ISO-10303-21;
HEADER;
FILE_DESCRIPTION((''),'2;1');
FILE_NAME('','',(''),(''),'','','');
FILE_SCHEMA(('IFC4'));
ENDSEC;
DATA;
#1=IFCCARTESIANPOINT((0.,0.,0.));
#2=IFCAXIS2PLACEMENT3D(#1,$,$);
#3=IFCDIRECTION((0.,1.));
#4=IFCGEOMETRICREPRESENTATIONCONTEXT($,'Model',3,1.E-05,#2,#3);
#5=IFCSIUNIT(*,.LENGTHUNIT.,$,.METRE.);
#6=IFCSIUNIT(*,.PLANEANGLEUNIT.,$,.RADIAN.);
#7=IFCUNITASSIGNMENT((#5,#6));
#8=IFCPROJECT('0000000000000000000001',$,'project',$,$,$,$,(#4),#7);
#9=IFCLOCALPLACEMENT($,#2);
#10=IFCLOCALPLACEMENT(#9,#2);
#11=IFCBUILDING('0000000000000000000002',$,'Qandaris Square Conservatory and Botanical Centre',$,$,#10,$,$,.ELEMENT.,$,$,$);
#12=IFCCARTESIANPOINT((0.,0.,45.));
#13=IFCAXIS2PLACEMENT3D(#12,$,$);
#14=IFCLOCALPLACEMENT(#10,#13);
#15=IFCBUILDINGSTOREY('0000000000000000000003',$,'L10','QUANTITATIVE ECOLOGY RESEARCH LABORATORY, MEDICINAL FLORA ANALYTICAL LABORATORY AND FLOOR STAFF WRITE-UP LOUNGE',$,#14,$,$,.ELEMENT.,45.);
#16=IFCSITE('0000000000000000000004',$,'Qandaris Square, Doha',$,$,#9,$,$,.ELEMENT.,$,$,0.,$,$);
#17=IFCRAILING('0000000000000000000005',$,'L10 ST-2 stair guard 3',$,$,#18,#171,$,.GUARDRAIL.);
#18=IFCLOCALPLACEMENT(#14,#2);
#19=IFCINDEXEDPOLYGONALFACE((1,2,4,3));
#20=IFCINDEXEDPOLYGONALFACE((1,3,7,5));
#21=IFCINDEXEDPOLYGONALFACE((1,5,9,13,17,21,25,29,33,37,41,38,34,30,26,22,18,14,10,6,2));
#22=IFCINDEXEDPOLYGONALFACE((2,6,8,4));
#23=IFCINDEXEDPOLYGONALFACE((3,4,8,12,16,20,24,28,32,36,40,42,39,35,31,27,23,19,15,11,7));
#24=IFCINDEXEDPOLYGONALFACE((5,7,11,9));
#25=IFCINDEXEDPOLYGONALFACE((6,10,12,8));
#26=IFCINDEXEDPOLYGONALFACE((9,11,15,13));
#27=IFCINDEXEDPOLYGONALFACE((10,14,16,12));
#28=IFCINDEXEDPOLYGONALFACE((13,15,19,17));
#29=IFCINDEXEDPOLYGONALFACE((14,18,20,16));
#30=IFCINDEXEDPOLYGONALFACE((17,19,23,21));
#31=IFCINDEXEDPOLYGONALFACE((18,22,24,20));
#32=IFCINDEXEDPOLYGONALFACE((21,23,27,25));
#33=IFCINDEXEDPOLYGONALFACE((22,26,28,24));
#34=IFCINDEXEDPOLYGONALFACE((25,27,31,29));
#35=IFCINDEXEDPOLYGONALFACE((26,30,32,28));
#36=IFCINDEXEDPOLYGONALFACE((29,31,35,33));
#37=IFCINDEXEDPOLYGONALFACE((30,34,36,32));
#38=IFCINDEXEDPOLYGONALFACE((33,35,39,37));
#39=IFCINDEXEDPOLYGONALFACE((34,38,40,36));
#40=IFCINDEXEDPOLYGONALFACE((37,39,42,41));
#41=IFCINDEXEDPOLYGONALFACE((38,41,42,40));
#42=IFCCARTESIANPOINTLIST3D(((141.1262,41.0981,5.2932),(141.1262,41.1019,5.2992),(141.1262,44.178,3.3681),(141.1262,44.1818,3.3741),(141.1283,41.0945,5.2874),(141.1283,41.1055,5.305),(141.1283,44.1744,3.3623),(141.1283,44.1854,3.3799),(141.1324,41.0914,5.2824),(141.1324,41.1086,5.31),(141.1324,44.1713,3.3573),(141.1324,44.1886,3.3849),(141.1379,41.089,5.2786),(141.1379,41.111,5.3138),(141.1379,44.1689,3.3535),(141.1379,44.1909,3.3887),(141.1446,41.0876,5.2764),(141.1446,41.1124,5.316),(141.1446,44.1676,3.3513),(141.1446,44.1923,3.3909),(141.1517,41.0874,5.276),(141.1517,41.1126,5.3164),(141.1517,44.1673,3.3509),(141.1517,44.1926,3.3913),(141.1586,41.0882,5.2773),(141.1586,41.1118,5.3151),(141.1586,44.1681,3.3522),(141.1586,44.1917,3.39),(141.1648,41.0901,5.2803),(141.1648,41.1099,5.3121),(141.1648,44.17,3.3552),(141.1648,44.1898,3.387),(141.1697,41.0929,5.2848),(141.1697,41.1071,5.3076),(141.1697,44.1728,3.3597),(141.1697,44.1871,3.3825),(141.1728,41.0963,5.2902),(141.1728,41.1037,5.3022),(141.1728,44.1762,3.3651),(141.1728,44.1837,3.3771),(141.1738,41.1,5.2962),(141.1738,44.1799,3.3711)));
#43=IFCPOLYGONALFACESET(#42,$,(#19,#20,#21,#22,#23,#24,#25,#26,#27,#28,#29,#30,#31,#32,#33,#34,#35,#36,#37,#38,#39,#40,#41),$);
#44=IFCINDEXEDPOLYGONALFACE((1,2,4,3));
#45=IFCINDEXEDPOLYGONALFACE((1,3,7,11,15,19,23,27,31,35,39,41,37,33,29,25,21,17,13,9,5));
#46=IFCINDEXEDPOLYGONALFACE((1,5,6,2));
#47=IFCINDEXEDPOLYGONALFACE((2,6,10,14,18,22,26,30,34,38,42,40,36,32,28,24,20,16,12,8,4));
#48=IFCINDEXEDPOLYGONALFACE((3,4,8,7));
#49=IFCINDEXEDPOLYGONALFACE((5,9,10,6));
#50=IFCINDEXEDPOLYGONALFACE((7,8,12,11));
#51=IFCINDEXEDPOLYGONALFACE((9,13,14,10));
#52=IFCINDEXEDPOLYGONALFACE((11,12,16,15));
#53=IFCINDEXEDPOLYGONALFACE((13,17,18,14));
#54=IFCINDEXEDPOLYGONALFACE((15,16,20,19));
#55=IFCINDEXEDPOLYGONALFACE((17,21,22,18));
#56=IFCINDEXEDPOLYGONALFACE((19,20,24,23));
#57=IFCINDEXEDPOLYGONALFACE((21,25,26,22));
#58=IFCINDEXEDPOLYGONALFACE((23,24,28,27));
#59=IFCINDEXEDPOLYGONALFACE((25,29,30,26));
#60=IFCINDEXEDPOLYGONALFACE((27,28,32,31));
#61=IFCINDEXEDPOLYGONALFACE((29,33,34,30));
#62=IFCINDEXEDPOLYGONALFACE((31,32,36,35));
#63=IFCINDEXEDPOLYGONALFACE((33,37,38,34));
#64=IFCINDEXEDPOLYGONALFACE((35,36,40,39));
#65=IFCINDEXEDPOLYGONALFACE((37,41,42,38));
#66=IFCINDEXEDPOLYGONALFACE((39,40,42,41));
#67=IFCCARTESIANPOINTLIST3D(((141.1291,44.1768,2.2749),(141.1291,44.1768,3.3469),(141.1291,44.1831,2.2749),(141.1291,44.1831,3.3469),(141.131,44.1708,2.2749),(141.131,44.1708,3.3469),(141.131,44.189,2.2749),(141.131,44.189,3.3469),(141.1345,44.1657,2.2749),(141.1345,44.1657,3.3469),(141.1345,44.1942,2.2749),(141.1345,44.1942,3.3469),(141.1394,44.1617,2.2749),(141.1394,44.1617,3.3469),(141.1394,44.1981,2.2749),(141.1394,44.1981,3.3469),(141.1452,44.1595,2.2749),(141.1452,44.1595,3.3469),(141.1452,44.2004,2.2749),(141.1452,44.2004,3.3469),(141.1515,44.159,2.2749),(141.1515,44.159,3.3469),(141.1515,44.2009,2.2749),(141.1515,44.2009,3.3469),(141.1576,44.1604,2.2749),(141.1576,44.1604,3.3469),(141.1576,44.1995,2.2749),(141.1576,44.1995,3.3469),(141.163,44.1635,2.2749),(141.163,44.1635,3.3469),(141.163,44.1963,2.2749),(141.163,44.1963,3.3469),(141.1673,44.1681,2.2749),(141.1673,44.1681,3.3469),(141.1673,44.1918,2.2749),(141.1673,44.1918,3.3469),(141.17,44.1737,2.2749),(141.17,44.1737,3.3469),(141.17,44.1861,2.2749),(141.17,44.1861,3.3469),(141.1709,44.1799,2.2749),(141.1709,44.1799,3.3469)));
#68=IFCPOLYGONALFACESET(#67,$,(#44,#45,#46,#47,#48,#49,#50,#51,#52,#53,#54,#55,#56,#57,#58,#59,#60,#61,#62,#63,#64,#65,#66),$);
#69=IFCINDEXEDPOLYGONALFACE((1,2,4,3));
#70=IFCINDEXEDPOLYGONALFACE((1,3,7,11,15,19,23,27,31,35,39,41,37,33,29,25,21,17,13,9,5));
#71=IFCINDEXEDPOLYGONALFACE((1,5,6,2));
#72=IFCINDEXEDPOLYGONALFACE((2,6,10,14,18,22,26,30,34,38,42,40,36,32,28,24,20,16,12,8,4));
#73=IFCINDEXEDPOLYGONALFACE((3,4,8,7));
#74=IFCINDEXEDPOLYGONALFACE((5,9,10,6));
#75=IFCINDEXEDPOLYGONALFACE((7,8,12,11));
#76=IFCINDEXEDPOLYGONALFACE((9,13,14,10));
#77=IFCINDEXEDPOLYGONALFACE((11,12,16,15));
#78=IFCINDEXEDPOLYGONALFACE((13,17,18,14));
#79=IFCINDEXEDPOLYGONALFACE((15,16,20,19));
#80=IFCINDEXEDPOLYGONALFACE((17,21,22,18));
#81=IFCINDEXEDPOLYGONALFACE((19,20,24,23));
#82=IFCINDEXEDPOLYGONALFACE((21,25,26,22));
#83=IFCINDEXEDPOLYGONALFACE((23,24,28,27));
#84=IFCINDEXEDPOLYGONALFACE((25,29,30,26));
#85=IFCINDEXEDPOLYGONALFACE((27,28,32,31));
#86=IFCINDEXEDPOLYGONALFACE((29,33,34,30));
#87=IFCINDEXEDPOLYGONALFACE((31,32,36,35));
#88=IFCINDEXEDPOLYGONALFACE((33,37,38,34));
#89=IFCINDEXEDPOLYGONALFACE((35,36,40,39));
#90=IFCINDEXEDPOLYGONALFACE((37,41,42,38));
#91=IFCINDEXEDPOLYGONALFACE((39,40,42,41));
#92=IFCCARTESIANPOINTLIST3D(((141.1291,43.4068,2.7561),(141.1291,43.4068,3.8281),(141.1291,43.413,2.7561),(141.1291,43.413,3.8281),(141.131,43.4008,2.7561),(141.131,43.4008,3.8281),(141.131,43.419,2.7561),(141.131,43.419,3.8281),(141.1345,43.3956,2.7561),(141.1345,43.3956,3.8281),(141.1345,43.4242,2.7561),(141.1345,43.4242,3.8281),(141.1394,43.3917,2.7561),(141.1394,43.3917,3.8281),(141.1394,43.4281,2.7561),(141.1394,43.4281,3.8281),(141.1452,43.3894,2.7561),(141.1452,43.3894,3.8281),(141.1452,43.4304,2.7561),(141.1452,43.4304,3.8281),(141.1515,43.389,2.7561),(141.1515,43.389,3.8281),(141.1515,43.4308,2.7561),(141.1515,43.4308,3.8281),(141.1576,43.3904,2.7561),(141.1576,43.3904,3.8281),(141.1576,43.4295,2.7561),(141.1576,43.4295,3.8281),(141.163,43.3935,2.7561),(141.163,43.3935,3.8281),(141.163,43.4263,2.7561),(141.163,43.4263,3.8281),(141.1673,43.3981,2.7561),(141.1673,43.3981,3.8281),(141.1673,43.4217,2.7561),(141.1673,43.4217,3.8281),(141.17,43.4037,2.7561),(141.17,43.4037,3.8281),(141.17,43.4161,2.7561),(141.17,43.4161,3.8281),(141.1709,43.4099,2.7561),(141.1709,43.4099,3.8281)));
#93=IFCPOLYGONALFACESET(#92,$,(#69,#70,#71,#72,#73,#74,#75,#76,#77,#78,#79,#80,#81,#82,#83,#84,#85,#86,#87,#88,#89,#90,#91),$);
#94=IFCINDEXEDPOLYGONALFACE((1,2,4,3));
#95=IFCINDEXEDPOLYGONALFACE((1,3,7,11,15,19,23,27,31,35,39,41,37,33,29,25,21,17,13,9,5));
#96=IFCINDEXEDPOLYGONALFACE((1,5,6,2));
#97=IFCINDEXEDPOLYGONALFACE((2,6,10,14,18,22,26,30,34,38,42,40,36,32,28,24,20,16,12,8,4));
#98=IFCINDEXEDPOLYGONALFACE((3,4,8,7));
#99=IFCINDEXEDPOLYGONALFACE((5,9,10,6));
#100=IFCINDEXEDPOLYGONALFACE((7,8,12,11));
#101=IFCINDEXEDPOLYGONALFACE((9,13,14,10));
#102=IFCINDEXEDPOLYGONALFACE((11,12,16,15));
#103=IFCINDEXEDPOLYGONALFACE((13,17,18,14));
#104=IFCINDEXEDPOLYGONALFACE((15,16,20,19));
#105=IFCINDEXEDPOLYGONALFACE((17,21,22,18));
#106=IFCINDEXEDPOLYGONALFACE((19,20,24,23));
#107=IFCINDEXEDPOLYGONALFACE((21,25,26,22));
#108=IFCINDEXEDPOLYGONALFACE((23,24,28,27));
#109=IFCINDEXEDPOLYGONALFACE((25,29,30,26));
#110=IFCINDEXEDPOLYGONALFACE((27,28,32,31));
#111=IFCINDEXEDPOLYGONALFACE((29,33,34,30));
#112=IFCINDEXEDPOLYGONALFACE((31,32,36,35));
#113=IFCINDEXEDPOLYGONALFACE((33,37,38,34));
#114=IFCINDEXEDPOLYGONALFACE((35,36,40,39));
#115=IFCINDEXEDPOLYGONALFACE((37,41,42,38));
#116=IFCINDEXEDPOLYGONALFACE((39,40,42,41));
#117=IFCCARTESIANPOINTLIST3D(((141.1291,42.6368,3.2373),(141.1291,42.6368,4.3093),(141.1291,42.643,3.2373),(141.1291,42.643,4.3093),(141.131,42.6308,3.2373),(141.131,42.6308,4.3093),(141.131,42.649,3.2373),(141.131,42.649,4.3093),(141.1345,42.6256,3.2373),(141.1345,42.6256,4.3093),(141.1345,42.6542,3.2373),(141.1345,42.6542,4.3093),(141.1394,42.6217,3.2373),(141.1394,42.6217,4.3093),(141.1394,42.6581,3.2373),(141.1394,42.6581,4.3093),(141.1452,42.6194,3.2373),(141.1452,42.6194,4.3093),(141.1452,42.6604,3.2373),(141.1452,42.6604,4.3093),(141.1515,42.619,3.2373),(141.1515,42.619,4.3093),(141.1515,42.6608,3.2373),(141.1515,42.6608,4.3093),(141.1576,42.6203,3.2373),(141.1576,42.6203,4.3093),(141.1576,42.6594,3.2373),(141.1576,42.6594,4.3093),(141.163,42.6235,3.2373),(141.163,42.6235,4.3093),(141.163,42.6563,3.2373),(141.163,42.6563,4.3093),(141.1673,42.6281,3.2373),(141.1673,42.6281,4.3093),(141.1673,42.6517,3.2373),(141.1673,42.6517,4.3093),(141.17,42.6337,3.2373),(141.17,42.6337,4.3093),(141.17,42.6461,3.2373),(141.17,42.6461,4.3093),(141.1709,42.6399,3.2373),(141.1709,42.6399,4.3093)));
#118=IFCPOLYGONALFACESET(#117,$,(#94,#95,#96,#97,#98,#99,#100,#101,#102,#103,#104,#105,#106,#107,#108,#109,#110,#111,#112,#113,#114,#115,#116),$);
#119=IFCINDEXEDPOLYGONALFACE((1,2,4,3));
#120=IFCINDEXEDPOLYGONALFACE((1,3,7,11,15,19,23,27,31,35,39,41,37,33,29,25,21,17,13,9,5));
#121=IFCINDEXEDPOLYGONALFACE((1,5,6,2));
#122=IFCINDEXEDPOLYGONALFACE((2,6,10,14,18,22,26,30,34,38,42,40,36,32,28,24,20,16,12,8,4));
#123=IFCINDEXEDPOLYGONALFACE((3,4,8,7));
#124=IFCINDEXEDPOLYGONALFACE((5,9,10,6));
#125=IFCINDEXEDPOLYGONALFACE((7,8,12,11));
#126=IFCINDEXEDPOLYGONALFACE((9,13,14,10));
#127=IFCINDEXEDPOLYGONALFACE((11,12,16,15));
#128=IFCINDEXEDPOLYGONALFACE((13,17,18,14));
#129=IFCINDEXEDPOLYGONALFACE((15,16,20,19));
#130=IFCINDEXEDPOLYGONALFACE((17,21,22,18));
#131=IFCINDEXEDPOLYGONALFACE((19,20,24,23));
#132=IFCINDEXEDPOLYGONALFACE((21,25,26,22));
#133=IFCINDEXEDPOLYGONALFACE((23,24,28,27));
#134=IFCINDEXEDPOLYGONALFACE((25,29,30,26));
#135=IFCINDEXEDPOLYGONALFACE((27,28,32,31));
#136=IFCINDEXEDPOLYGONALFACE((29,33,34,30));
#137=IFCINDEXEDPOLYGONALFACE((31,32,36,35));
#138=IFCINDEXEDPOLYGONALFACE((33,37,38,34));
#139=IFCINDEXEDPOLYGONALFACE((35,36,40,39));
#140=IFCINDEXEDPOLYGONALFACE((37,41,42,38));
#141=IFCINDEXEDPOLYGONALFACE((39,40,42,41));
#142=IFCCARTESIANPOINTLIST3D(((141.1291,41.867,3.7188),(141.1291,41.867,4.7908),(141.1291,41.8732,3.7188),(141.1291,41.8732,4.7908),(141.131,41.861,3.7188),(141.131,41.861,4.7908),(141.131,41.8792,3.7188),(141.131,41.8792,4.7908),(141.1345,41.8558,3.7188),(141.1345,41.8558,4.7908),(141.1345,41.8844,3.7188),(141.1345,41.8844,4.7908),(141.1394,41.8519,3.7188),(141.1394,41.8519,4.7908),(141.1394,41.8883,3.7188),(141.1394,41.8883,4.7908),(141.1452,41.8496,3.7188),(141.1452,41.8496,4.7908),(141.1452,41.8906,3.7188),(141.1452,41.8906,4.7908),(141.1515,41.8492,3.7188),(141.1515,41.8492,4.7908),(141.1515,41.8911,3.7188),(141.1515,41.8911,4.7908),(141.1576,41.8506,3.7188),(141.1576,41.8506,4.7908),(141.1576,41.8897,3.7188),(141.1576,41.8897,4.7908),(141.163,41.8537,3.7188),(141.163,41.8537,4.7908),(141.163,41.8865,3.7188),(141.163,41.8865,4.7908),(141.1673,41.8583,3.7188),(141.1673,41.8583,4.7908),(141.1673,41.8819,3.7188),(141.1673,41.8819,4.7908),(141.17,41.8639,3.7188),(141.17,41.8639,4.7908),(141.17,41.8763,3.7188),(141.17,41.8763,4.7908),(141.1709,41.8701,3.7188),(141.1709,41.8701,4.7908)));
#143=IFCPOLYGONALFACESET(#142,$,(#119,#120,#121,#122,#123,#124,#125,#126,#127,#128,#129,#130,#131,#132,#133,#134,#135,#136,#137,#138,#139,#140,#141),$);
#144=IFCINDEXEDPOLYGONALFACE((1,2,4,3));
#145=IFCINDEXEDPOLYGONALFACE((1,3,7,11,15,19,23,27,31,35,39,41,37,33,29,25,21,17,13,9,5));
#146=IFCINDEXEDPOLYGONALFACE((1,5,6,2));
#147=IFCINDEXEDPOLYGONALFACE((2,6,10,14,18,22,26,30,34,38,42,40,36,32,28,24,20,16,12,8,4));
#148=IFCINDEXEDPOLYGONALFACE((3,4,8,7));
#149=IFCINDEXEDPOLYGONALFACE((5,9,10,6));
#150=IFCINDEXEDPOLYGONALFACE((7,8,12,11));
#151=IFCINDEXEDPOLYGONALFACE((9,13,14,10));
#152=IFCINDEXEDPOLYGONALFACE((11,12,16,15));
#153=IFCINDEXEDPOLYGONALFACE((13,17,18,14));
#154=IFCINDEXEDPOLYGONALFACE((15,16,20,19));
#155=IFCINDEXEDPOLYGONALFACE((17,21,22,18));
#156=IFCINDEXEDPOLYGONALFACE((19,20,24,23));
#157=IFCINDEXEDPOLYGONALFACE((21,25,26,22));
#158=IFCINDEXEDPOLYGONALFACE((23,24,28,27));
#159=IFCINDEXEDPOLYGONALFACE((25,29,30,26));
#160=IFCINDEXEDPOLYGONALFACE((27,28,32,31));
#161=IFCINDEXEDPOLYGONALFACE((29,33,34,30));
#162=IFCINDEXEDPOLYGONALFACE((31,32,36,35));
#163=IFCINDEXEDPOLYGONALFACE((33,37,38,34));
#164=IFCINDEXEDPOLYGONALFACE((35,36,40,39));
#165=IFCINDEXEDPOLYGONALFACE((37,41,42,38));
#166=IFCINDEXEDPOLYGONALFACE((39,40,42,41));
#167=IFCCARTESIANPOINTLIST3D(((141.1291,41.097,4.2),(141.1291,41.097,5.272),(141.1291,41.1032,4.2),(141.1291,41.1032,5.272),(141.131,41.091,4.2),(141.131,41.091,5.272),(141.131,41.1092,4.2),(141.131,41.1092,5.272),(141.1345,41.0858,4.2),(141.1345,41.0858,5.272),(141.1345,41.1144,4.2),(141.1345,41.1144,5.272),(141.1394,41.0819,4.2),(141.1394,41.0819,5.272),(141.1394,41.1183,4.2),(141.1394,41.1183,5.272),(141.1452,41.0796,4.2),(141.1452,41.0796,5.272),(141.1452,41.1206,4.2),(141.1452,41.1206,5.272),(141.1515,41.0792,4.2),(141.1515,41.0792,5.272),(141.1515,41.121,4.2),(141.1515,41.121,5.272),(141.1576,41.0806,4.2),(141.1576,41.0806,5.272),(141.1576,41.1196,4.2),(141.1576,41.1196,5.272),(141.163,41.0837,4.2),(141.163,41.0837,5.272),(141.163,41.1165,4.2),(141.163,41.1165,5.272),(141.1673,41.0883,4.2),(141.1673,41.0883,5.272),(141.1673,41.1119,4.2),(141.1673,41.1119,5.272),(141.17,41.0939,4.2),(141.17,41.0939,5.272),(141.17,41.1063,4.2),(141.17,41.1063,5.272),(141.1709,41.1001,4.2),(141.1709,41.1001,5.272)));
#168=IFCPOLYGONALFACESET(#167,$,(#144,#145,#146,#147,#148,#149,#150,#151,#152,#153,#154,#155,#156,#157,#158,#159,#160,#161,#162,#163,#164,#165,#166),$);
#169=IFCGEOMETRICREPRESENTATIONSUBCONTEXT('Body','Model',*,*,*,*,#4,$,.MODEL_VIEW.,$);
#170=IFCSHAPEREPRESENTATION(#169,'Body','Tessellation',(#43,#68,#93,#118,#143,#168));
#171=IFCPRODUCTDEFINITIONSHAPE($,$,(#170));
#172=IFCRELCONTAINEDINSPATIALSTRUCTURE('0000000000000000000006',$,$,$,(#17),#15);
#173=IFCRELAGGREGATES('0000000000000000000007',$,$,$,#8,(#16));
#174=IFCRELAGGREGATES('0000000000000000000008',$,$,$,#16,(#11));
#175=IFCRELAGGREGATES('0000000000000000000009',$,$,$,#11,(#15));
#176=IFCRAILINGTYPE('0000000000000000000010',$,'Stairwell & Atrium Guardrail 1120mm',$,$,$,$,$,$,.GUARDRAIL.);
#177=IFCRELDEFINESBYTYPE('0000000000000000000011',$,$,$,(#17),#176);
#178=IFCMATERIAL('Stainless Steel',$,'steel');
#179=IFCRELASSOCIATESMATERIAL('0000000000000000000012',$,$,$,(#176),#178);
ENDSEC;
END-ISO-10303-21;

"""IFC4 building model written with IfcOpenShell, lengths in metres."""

from ifc_helpers import new_model, si_unit, direction, frame, origin, origin_2d, place, context, subcontext, project, spatial, circle, extrude, material, type_object, element, save


model = new_model("IFC4")

# Units and contexts
model_context = context("Model", 3, precision=1e-05, world=origin(), true_north=direction((0.0, 1.0)))
body_context = subcontext(model_context, "Body", "Model", "MODEL_VIEW")
ifc_project = project(units=[si_unit("LENGTHUNIT", "METRE"), si_unit("PLANEANGLEUNIT", "RADIAN")], contexts=[model_context])

# Site, building, storey
site_placement = place(None, origin())
site = spatial("IfcSite", under=ifc_project, at=site_placement, Name="Qandaris Square, Doha", CompositionType="ELEMENT", RefElevation=0.0)
building_placement = place(site_placement, origin())
building = spatial("IfcBuilding", under=site, at=building_placement, Name="Qandaris Square Conservatory and Botanical Centre", CompositionType="ELEMENT")
storey_placement = place(building_placement, frame((0.0, 0.0, 45.0)))
storey = spatial("IfcBuildingStorey", under=building, at=storey_placement, Name="L10", Description="QUANTITATIVE ECOLOGY RESEARCH LABORATORY, MEDICINAL FLORA ANALYTICAL LABORATORY AND FLOOR STAFF WRITE-UP LOUNGE", CompositionType="ELEMENT", Elevation=45.0)

# Railing
ifc_material_1 = material(Name="Stainless Steel", Category="steel")
railing_type_1 = type_object("IfcRailingType", Name="Stairwell & Atrium Guardrail 1120mm", PredefinedType="GUARDRAIL", material=ifc_material_1)
railing_1_placement = place(storey_placement, frame((141.1499, 44.1799, 2.2749)))
element("IfcRailing", 1, at=railing_1_placement, inside=storey, type_object=railing_type_1, Name="L10 ST-2 stair guard 3", PredefinedType="GUARDRAIL", context=body_context, shape_type="SweptSolid", body=[
    extrude(circle(Radius=0.0239, at=origin_2d()), frame((0.0, 0.0, 1.0962), z_axis=(0.0, -0.847979, 0.530029), x_axis=(1.0, 0.0, 0.0)), (0.0, 0.0, 1.0), 3.6321),
    extrude(circle(Radius=0.021, at=origin_2d()), origin(), (0.0, 0.0, 1.0), 1.072),
    extrude(circle(Radius=0.021, at=origin_2d()), frame((0.0, -0.77, 0.4812)), (0.0, 0.0, 1.0), 1.072),
    extrude(circle(Radius=0.021, at=origin_2d()), frame((0.0, -1.54, 0.9624)), (0.0, 0.0, 1.0), 1.072),
    extrude(circle(Radius=0.021, at=origin_2d()), frame((0.0, -2.3098, 1.4438)), (0.0, 0.0, 1.0), 1.072),
    extrude(circle(Radius=0.021, at=origin_2d()), frame((0.0, -3.0798, 1.925)), (0.0, 0.0, 1.0), 1.072),
])

save(model, "model.ifc")
